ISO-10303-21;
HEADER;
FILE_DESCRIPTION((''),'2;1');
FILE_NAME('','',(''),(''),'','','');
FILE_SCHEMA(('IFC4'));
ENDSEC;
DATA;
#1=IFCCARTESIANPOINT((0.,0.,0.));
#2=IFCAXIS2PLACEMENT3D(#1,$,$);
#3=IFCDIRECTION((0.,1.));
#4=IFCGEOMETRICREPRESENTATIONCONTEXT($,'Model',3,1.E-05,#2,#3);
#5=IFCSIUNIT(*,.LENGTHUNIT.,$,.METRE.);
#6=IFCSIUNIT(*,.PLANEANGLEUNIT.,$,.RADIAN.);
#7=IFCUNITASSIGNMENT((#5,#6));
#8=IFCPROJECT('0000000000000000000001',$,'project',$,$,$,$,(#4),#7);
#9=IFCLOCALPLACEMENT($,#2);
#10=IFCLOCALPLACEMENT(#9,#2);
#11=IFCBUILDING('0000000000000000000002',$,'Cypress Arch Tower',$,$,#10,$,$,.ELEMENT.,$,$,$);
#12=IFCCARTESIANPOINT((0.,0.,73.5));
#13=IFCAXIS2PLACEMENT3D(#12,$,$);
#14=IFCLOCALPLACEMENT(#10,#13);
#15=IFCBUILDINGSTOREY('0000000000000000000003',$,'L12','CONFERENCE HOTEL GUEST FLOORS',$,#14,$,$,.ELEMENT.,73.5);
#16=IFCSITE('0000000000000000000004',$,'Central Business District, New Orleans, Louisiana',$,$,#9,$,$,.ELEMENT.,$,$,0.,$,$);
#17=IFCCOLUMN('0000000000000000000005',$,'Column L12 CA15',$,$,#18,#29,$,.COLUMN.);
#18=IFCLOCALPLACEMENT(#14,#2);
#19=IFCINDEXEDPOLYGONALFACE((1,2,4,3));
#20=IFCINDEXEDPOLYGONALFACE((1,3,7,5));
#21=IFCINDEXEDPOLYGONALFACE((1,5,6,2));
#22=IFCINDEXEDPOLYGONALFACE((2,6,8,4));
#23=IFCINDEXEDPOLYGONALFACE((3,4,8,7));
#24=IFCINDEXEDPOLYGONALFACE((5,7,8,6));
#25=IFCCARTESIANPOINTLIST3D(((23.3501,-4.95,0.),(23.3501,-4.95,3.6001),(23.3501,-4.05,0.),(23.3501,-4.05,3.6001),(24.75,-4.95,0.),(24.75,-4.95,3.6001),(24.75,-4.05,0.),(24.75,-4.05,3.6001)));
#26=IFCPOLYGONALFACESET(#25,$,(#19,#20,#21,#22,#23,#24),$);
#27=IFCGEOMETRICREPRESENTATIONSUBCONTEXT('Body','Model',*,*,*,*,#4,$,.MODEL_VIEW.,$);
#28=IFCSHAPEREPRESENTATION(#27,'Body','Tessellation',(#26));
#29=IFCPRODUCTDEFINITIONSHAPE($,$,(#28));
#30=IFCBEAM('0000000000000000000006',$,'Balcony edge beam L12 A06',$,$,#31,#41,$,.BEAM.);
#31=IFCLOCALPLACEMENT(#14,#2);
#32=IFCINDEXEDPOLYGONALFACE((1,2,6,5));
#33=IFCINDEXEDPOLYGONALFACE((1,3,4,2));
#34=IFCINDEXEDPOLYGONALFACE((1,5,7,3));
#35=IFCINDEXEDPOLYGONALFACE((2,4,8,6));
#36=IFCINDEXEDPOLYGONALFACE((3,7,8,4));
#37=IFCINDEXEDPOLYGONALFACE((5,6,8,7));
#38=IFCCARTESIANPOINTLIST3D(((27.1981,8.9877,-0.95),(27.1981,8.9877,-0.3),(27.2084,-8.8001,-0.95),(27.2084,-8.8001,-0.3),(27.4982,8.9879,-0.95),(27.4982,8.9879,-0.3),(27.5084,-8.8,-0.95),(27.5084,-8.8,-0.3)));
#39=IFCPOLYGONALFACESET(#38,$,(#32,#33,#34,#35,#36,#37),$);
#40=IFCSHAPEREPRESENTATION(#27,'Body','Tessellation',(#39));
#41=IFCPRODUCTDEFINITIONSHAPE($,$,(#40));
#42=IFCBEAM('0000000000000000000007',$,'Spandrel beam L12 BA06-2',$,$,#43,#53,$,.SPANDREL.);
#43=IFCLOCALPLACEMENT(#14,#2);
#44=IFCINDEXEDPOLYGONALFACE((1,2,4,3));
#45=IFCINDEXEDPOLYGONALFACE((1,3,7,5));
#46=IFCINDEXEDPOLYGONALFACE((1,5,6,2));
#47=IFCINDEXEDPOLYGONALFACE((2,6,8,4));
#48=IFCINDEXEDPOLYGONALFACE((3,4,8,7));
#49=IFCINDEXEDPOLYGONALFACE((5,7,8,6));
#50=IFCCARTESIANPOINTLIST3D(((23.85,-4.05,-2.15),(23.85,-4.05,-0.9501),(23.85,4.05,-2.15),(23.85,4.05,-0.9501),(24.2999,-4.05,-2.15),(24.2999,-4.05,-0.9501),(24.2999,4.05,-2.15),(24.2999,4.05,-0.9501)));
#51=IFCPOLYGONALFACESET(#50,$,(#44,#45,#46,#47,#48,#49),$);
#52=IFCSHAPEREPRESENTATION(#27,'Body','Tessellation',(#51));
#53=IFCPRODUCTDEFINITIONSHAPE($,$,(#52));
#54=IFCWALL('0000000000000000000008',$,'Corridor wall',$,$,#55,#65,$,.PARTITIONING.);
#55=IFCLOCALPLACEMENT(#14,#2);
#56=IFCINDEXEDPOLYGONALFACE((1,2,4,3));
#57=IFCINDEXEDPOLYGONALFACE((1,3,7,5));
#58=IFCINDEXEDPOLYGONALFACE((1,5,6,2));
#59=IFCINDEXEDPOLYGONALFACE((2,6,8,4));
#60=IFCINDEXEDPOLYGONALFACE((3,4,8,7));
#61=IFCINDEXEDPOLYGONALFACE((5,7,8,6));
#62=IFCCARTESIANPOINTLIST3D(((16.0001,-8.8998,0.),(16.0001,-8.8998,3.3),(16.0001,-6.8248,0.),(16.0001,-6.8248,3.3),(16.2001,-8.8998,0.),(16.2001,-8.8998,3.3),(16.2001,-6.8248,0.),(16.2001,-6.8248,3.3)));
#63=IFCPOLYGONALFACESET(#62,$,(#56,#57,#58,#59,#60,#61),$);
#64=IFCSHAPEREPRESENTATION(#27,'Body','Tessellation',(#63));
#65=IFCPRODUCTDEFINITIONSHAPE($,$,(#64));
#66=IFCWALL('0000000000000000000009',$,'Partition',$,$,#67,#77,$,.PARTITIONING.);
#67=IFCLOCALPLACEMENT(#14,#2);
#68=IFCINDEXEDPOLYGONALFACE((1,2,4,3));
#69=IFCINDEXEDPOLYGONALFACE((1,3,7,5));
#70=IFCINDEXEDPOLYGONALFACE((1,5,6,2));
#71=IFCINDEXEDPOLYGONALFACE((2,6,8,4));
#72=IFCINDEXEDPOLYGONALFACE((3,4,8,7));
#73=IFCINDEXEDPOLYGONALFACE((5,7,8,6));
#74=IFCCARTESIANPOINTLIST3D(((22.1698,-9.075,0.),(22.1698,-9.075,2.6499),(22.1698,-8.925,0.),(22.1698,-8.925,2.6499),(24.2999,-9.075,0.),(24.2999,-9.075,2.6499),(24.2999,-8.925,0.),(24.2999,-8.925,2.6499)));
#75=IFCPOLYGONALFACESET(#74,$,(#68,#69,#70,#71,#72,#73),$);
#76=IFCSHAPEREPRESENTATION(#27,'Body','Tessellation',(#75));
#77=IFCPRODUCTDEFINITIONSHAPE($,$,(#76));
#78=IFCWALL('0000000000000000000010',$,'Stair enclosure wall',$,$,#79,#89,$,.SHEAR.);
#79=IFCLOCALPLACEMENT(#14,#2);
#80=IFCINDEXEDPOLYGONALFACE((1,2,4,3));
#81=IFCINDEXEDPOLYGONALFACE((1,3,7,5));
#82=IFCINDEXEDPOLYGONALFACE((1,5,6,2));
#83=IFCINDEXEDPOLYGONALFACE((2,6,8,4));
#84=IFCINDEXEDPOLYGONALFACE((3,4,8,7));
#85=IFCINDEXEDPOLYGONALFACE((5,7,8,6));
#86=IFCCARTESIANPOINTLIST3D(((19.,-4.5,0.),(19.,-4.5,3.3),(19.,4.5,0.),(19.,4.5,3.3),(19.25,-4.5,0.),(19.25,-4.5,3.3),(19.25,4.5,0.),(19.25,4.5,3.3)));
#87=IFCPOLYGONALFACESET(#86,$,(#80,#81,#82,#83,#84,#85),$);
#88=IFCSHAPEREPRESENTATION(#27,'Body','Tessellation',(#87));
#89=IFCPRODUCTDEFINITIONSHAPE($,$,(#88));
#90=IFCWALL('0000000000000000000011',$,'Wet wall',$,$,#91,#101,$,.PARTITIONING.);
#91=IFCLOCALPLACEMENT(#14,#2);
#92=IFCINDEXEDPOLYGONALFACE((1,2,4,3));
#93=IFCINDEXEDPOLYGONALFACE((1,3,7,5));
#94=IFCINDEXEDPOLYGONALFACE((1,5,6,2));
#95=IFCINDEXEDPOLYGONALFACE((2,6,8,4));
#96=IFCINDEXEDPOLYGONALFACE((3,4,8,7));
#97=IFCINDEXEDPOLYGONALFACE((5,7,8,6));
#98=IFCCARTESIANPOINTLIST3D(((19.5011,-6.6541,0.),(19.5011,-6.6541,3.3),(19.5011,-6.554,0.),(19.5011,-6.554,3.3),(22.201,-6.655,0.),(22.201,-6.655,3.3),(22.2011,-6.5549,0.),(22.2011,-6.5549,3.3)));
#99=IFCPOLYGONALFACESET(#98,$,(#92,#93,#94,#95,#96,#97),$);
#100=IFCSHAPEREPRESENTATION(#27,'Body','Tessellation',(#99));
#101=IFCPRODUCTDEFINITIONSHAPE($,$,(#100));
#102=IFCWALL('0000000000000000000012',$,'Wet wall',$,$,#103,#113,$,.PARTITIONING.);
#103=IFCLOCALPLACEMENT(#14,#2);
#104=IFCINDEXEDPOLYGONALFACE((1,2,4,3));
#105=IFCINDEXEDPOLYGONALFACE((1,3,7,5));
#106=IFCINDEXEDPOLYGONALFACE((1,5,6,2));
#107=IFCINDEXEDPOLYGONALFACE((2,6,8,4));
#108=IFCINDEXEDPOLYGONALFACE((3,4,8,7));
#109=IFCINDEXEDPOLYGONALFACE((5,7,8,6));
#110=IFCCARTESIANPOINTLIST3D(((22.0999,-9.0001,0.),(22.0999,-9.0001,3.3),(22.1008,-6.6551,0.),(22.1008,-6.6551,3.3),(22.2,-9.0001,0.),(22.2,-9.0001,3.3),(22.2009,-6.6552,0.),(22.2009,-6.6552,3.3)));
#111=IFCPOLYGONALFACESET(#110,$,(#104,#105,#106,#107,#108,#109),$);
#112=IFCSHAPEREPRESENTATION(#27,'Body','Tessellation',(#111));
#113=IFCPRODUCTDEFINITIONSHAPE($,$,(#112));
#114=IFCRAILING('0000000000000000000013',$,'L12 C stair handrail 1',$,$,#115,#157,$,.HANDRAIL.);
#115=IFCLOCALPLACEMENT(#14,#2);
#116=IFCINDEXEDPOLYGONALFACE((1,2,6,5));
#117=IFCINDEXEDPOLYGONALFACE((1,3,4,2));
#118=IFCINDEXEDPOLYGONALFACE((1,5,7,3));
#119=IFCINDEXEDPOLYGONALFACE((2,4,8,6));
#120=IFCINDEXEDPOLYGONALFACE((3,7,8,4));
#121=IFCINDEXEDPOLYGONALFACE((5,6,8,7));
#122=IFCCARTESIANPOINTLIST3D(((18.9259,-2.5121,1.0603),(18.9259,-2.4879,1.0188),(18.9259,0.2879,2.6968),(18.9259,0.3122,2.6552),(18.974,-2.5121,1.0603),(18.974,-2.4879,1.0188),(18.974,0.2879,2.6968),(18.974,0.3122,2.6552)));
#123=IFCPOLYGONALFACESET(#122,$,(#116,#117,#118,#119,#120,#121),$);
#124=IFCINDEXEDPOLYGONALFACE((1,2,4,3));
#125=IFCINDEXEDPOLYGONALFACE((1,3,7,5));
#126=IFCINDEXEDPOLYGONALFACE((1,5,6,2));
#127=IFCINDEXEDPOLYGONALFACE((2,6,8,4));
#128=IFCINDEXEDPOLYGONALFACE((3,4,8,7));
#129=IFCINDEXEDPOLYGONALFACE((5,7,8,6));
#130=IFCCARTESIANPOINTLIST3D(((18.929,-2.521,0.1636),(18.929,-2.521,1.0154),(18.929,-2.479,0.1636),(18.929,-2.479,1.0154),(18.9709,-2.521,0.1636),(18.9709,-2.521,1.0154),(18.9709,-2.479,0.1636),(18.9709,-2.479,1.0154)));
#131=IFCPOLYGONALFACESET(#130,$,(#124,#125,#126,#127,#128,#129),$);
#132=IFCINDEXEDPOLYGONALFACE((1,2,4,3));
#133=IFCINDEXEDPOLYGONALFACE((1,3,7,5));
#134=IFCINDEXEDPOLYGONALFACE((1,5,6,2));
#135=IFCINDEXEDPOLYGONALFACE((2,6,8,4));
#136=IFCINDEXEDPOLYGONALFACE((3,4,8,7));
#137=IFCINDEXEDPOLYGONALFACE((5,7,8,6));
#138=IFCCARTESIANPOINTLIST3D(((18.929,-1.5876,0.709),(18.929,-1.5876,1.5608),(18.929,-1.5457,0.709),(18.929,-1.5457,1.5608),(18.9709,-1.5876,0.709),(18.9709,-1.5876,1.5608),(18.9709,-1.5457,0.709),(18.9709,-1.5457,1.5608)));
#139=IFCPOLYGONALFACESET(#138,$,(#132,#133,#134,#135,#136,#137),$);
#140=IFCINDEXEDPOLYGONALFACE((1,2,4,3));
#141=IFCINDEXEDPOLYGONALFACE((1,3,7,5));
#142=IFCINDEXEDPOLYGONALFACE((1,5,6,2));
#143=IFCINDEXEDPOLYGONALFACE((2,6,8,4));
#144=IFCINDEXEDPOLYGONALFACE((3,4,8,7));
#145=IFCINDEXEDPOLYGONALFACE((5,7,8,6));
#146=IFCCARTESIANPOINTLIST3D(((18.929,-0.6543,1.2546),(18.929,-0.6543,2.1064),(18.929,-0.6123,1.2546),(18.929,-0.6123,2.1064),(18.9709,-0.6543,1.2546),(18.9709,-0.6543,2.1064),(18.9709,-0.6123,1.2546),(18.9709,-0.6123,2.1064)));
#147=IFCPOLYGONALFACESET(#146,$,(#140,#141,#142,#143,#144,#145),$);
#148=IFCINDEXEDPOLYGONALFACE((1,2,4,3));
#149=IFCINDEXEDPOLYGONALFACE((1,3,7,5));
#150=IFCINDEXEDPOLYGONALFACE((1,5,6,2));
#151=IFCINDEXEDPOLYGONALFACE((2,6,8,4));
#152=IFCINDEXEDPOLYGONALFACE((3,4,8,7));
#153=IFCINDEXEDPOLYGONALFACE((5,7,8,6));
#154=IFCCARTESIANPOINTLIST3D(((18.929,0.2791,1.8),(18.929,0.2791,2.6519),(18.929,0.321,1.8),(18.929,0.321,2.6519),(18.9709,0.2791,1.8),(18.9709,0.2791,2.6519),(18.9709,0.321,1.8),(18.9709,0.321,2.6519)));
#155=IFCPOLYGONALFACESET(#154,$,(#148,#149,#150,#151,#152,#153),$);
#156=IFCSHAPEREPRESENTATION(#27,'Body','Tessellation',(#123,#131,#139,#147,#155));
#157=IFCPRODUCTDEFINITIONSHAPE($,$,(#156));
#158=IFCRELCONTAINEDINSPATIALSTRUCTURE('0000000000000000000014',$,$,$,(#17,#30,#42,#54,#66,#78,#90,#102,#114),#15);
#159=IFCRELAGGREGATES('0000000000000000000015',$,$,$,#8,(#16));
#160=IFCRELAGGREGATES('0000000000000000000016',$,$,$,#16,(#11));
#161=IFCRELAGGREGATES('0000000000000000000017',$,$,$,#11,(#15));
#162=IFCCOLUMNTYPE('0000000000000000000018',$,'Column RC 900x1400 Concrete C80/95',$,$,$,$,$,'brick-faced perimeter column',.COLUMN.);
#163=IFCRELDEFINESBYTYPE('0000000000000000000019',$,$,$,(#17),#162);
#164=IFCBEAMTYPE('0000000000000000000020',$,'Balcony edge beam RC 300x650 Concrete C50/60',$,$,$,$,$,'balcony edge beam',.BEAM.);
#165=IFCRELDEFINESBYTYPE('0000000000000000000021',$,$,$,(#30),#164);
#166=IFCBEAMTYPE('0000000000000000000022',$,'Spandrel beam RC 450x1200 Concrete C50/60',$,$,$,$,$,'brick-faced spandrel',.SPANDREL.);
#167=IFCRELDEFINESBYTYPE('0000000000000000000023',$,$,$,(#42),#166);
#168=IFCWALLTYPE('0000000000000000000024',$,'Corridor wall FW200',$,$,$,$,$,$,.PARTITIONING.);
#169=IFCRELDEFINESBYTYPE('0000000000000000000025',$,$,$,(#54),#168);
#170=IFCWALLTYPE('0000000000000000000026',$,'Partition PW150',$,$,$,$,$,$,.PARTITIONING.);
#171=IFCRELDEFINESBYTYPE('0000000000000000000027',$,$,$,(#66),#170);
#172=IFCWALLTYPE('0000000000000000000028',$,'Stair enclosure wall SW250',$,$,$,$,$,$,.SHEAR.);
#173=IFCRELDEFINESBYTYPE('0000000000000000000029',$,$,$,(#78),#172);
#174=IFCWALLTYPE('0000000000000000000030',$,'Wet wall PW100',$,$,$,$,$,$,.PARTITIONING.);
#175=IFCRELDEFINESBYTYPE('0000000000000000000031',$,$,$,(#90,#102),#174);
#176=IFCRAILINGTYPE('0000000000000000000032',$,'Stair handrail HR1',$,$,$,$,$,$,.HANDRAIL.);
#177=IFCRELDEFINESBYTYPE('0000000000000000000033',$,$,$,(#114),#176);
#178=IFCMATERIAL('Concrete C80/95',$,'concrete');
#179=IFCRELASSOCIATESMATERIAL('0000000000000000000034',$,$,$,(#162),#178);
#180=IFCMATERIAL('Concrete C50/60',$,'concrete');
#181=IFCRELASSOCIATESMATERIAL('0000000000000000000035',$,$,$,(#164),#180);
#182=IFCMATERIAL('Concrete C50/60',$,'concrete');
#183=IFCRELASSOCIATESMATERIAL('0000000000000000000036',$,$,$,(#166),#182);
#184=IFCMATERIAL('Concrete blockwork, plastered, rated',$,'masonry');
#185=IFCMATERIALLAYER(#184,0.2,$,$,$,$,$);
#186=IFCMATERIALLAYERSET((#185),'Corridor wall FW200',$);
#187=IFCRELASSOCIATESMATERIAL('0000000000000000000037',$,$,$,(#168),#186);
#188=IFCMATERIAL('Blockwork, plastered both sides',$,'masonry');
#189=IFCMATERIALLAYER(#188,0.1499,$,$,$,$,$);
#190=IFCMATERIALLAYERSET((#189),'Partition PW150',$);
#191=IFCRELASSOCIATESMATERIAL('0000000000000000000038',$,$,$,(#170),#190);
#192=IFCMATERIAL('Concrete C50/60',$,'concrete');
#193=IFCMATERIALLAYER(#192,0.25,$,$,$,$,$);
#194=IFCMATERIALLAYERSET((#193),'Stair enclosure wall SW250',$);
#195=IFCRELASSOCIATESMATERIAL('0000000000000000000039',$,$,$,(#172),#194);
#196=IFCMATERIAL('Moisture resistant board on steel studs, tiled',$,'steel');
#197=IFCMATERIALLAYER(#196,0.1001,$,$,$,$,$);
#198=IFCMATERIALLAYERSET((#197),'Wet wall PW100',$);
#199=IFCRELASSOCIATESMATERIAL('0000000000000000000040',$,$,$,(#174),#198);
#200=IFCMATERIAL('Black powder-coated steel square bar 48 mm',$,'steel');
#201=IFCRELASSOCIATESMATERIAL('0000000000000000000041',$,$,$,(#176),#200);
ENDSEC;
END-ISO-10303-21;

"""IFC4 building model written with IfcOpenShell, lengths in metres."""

from ifc_helpers import new_model, si_unit, direction, frame, frame_2d, origin, origin_2d, place, context, subcontext, project, spatial, rectangle, extrude, material, layer, layer_set, material_profile, profile_set, type_object, element, save


model = new_model("IFC4")

# Units and contexts
model_context = context("Model", 3, precision=1e-05, world=origin(), true_north=direction((0.0, 1.0)))
body_context = subcontext(model_context, "Body", "Model", "MODEL_VIEW")
ifc_project = project(units=[si_unit("LENGTHUNIT", "METRE"), si_unit("PLANEANGLEUNIT", "RADIAN")], contexts=[model_context])

# Site, building, storey
site_placement = place(None, origin())
site = spatial("IfcSite", under=ifc_project, at=site_placement, Name="Central Business District, New Orleans, Louisiana", CompositionType="ELEMENT", RefElevation=0.0)
building_placement = place(site_placement, origin())
building = spatial("IfcBuilding", under=site, at=building_placement, Name="Cypress Arch Tower", CompositionType="ELEMENT")
storey_placement = place(building_placement, frame((0.0, 0.0, 73.5)))
storey = spatial("IfcBuildingStorey", under=building, at=storey_placement, Name="L12", Description="CONFERENCE HOTEL GUEST FLOORS", CompositionType="ELEMENT", Elevation=73.5)

# Column
ifc_material_1 = material(Name="Concrete C80/95", Category="concrete")
ifc_material_profile_1 = material_profile(ifc_material_1, rectangle(XDim=0.8999, YDim=1.3999, at=origin_2d()), Name="RC 900x1400")
ifc_profile_set_1 = profile_set([ifc_material_profile_1], Name="Concrete C80/95")
column_type = type_object("IfcColumnType", Name="Column RC 900x1400 Concrete C80/95", ElementType="brick-faced perimeter column", PredefinedType="COLUMN", material=ifc_profile_set_1)
column_placement = place(storey_placement, frame((24.05, -4.5, 0.0), z_axis=(0.0, 0.0, 1.0), x_axis=(0.0, 1.0, 0.0)))
element("IfcColumn", 1, at=column_placement, inside=storey, type_object=column_type, Name="Column L12 CA15", PredefinedType="COLUMN", context=body_context, shape_type="SweptSolid", body=[
    extrude(rectangle(XDim=0.8999, YDim=1.3999, at=origin_2d()), origin(), (0.0, 0.0, 1.0), 3.6001),
])

# Beams
ifc_material_2 = material(Name="Concrete C50/60", Category="concrete")
ifc_material_profile_2 = material_profile(ifc_material_2, rectangle(XDim=0.3, YDim=0.6499, at=origin_2d()), Name="RC 300x650")
ifc_profile_set_2 = profile_set([ifc_material_profile_2], Name="Concrete C50/60")
beam_type_1 = type_object("IfcBeamType", Name="Balcony edge beam RC 300x650 Concrete C50/60", ElementType="balcony edge beam", PredefinedType="BEAM", material=ifc_profile_set_2)
beam_1_placement = place(storey_placement, frame((27.3584, -8.8, -0.625), z_axis=(-0.000576, 1.0, 0.0), x_axis=(-1.0, -0.000576, 0.0)))
element("IfcBeam", 2, at=beam_1_placement, inside=storey, type_object=beam_type_1, Name="Balcony edge beam L12 A06", PredefinedType="BEAM", context=body_context, shape_type="SweptSolid", body=[
    extrude(rectangle(XDim=0.3, YDim=0.6499, at=origin_2d()), origin(), (0.0, 0.0, 1.0), 17.7878),
])
ifc_material_3 = material(Name="Concrete C50/60", Category="concrete")
ifc_material_profile_3 = material_profile(ifc_material_3, rectangle(XDim=0.45, YDim=1.2, at=origin_2d()), Name="RC 450x1200")
ifc_profile_set_3 = profile_set([ifc_material_profile_3], Name="Concrete C50/60")
beam_type_2 = type_object("IfcBeamType", Name="Spandrel beam RC 450x1200 Concrete C50/60", ElementType="brick-faced spandrel", PredefinedType="SPANDREL", material=ifc_profile_set_3)
beam_2_placement = place(storey_placement, frame((24.075, -4.05, -1.55), z_axis=(0.0, 1.0, 0.0), x_axis=(-1.0, 0.0, 0.0)))
element("IfcBeam", 3, at=beam_2_placement, inside=storey, type_object=beam_type_2, Name="Spandrel beam L12 BA06-2", PredefinedType="SPANDREL", context=body_context, shape_type="SweptSolid", body=[
    extrude(rectangle(XDim=0.45, YDim=1.2, at=origin_2d()), origin(), (0.0, 0.0, 1.0), 8.1001),
])

# Walls
ifc_material_4 = material(Name="Concrete blockwork, plastered, rated", Category="masonry")
ifc_layer_1 = layer(ifc_material_4, 0.2)
ifc_layer_set_1 = layer_set([ifc_layer_1], Name="Corridor wall FW200")
wall_type_1 = type_object("IfcWallType", Name="Corridor wall FW200", PredefinedType="PARTITIONING", material=ifc_layer_set_1)
wall_1_placement = place(storey_placement, frame((16.1001, -8.8999, 0.0), z_axis=(0.0, 0.0, 1.0), x_axis=(0.0, 1.0, 0.0)))
element("IfcWall", 4, at=wall_1_placement, inside=storey, type_object=wall_type_1, Name="Corridor wall", PredefinedType="PARTITIONING", context=body_context, shape_type="SweptSolid", body=[
    extrude(rectangle(XDim=2.075, YDim=0.2, at=frame_2d((1.0376, 0.0))), origin(), (0.0, 0.0, 1.0), 3.3),
])
ifc_material_5 = material(Name="Blockwork, plastered both sides", Category="masonry")
ifc_layer_2 = layer(ifc_material_5, 0.1499)
ifc_layer_set_2 = layer_set([ifc_layer_2], Name="Partition PW150")
wall_type_2 = type_object("IfcWallType", Name="Partition PW150", PredefinedType="PARTITIONING", material=ifc_layer_set_2)
wall_2_placement = place(storey_placement, frame((22.1699, -9.0, 0.0), z_axis=(0.0, 0.0, 1.0), x_axis=(1.0, 0.0, 0.0)))
element("IfcWall", 5, at=wall_2_placement, inside=storey, type_object=wall_type_2, Name="Partition", PredefinedType="PARTITIONING", context=body_context, shape_type="SweptSolid", body=[
    extrude(rectangle(XDim=2.1301, YDim=0.1499, at=frame_2d((1.0649, 0.0))), origin(), (0.0, 0.0, 1.0), 2.6499),
])
ifc_material_6 = material(Name="Concrete C50/60", Category="concrete")
ifc_layer_3 = layer(ifc_material_6, 0.25)
ifc_layer_set_3 = layer_set([ifc_layer_3], Name="Stair enclosure wall SW250")
wall_type_3 = type_object("IfcWallType", Name="Stair enclosure wall SW250", PredefinedType="SHEAR", material=ifc_layer_set_3)
wall_3_placement = place(storey_placement, frame((19.125, -4.5, 0.0), z_axis=(0.0, 0.0, 1.0), x_axis=(0.0, 1.0, 0.0)))
element("IfcWall", 6, at=wall_3_placement, inside=storey, type_object=wall_type_3, Name="Stair enclosure wall", PredefinedType="SHEAR", context=body_context, shape_type="SweptSolid", body=[
    extrude(rectangle(XDim=9.0, YDim=0.25, at=frame_2d((4.5, 0.0))), origin(), (0.0, 0.0, 1.0), 3.3),
])
ifc_material_7 = material(Name="Moisture resistant board on steel studs, tiled", Category="steel")
ifc_layer_4 = layer(ifc_material_7, 0.1001)
ifc_layer_set_4 = layer_set([ifc_layer_4], Name="Wet wall PW100")
wall_type_4 = type_object("IfcWallType", Name="Wet wall PW100", PredefinedType="PARTITIONING", material=ifc_layer_set_4)
wall_4_placement = place(storey_placement, frame((19.501, -6.604, 0.0), z_axis=(0.0, 0.0, 1.0), x_axis=(1.0, -0.000362, 0.0)))
element("IfcWall", 7, at=wall_4_placement, inside=storey, type_object=wall_type_4, Name="Wet wall", PredefinedType="PARTITIONING", context=body_context, shape_type="SweptSolid", body=[
    extrude(rectangle(XDim=2.7, YDim=0.1001, at=frame_2d((1.3501, 0.0))), origin(), (0.0, 0.0, 1.0), 3.3),
])
wall_5_placement = place(storey_placement, frame((22.1499, -9.0, 0.0), z_axis=(0.0, 0.0, 1.0), x_axis=(0.000416, 1.0, 0.0)))
element("IfcWall", 8, at=wall_5_placement, inside=storey, type_object=wall_type_4, Name="Wet wall", PredefinedType="PARTITIONING", context=body_context, shape_type="SweptSolid", body=[
    extrude(rectangle(XDim=2.345, YDim=0.1001, at=frame_2d((1.1724, 0.0))), origin(), (0.0, 0.0, 1.0), 3.3),
])

# Railing
ifc_material_8 = material(Name="Black powder-coated steel square bar 48 mm", Category="steel")
railing_type_1 = type_object("IfcRailingType", Name="Stair handrail HR1", PredefinedType="HANDRAIL", material=ifc_material_8)
railing_1_placement = place(storey_placement, frame((18.95, -2.5, 0.1636)))
element("IfcRailing", 9, at=railing_1_placement, inside=storey, type_object=railing_type_1, Name="L12 C stair handrail 1", PredefinedType="HANDRAIL", context=body_context, shape_type="SweptSolid", body=[
    extrude(rectangle(XDim=0.0481, YDim=0.0481, at=origin_2d()), frame((0.0, 0.0, 0.876), z_axis=(0.0, 0.863361, 0.504587), x_axis=(-1.0, 0.0, 0.0)), (0.0, 0.0, 1.0), 3.2432),
    extrude(rectangle(XDim=0.042, YDim=0.042, at=origin_2d()), origin(), (0.0, 0.0, 1.0), 0.8518),
    extrude(rectangle(XDim=0.042, YDim=0.042, at=origin_2d()), frame((0.0, 0.9333, 0.5454)), (0.0, 0.0, 1.0), 0.8518),
    extrude(rectangle(XDim=0.042, YDim=0.042, at=origin_2d()), frame((0.0, 1.8667, 1.0911)), (0.0, 0.0, 1.0), 0.8518),
    extrude(rectangle(XDim=0.042, YDim=0.042, at=origin_2d()), frame((0.0, 2.8, 1.6365)), (0.0, 0.0, 1.0), 0.8518),
])

save(model, "model.ifc")
